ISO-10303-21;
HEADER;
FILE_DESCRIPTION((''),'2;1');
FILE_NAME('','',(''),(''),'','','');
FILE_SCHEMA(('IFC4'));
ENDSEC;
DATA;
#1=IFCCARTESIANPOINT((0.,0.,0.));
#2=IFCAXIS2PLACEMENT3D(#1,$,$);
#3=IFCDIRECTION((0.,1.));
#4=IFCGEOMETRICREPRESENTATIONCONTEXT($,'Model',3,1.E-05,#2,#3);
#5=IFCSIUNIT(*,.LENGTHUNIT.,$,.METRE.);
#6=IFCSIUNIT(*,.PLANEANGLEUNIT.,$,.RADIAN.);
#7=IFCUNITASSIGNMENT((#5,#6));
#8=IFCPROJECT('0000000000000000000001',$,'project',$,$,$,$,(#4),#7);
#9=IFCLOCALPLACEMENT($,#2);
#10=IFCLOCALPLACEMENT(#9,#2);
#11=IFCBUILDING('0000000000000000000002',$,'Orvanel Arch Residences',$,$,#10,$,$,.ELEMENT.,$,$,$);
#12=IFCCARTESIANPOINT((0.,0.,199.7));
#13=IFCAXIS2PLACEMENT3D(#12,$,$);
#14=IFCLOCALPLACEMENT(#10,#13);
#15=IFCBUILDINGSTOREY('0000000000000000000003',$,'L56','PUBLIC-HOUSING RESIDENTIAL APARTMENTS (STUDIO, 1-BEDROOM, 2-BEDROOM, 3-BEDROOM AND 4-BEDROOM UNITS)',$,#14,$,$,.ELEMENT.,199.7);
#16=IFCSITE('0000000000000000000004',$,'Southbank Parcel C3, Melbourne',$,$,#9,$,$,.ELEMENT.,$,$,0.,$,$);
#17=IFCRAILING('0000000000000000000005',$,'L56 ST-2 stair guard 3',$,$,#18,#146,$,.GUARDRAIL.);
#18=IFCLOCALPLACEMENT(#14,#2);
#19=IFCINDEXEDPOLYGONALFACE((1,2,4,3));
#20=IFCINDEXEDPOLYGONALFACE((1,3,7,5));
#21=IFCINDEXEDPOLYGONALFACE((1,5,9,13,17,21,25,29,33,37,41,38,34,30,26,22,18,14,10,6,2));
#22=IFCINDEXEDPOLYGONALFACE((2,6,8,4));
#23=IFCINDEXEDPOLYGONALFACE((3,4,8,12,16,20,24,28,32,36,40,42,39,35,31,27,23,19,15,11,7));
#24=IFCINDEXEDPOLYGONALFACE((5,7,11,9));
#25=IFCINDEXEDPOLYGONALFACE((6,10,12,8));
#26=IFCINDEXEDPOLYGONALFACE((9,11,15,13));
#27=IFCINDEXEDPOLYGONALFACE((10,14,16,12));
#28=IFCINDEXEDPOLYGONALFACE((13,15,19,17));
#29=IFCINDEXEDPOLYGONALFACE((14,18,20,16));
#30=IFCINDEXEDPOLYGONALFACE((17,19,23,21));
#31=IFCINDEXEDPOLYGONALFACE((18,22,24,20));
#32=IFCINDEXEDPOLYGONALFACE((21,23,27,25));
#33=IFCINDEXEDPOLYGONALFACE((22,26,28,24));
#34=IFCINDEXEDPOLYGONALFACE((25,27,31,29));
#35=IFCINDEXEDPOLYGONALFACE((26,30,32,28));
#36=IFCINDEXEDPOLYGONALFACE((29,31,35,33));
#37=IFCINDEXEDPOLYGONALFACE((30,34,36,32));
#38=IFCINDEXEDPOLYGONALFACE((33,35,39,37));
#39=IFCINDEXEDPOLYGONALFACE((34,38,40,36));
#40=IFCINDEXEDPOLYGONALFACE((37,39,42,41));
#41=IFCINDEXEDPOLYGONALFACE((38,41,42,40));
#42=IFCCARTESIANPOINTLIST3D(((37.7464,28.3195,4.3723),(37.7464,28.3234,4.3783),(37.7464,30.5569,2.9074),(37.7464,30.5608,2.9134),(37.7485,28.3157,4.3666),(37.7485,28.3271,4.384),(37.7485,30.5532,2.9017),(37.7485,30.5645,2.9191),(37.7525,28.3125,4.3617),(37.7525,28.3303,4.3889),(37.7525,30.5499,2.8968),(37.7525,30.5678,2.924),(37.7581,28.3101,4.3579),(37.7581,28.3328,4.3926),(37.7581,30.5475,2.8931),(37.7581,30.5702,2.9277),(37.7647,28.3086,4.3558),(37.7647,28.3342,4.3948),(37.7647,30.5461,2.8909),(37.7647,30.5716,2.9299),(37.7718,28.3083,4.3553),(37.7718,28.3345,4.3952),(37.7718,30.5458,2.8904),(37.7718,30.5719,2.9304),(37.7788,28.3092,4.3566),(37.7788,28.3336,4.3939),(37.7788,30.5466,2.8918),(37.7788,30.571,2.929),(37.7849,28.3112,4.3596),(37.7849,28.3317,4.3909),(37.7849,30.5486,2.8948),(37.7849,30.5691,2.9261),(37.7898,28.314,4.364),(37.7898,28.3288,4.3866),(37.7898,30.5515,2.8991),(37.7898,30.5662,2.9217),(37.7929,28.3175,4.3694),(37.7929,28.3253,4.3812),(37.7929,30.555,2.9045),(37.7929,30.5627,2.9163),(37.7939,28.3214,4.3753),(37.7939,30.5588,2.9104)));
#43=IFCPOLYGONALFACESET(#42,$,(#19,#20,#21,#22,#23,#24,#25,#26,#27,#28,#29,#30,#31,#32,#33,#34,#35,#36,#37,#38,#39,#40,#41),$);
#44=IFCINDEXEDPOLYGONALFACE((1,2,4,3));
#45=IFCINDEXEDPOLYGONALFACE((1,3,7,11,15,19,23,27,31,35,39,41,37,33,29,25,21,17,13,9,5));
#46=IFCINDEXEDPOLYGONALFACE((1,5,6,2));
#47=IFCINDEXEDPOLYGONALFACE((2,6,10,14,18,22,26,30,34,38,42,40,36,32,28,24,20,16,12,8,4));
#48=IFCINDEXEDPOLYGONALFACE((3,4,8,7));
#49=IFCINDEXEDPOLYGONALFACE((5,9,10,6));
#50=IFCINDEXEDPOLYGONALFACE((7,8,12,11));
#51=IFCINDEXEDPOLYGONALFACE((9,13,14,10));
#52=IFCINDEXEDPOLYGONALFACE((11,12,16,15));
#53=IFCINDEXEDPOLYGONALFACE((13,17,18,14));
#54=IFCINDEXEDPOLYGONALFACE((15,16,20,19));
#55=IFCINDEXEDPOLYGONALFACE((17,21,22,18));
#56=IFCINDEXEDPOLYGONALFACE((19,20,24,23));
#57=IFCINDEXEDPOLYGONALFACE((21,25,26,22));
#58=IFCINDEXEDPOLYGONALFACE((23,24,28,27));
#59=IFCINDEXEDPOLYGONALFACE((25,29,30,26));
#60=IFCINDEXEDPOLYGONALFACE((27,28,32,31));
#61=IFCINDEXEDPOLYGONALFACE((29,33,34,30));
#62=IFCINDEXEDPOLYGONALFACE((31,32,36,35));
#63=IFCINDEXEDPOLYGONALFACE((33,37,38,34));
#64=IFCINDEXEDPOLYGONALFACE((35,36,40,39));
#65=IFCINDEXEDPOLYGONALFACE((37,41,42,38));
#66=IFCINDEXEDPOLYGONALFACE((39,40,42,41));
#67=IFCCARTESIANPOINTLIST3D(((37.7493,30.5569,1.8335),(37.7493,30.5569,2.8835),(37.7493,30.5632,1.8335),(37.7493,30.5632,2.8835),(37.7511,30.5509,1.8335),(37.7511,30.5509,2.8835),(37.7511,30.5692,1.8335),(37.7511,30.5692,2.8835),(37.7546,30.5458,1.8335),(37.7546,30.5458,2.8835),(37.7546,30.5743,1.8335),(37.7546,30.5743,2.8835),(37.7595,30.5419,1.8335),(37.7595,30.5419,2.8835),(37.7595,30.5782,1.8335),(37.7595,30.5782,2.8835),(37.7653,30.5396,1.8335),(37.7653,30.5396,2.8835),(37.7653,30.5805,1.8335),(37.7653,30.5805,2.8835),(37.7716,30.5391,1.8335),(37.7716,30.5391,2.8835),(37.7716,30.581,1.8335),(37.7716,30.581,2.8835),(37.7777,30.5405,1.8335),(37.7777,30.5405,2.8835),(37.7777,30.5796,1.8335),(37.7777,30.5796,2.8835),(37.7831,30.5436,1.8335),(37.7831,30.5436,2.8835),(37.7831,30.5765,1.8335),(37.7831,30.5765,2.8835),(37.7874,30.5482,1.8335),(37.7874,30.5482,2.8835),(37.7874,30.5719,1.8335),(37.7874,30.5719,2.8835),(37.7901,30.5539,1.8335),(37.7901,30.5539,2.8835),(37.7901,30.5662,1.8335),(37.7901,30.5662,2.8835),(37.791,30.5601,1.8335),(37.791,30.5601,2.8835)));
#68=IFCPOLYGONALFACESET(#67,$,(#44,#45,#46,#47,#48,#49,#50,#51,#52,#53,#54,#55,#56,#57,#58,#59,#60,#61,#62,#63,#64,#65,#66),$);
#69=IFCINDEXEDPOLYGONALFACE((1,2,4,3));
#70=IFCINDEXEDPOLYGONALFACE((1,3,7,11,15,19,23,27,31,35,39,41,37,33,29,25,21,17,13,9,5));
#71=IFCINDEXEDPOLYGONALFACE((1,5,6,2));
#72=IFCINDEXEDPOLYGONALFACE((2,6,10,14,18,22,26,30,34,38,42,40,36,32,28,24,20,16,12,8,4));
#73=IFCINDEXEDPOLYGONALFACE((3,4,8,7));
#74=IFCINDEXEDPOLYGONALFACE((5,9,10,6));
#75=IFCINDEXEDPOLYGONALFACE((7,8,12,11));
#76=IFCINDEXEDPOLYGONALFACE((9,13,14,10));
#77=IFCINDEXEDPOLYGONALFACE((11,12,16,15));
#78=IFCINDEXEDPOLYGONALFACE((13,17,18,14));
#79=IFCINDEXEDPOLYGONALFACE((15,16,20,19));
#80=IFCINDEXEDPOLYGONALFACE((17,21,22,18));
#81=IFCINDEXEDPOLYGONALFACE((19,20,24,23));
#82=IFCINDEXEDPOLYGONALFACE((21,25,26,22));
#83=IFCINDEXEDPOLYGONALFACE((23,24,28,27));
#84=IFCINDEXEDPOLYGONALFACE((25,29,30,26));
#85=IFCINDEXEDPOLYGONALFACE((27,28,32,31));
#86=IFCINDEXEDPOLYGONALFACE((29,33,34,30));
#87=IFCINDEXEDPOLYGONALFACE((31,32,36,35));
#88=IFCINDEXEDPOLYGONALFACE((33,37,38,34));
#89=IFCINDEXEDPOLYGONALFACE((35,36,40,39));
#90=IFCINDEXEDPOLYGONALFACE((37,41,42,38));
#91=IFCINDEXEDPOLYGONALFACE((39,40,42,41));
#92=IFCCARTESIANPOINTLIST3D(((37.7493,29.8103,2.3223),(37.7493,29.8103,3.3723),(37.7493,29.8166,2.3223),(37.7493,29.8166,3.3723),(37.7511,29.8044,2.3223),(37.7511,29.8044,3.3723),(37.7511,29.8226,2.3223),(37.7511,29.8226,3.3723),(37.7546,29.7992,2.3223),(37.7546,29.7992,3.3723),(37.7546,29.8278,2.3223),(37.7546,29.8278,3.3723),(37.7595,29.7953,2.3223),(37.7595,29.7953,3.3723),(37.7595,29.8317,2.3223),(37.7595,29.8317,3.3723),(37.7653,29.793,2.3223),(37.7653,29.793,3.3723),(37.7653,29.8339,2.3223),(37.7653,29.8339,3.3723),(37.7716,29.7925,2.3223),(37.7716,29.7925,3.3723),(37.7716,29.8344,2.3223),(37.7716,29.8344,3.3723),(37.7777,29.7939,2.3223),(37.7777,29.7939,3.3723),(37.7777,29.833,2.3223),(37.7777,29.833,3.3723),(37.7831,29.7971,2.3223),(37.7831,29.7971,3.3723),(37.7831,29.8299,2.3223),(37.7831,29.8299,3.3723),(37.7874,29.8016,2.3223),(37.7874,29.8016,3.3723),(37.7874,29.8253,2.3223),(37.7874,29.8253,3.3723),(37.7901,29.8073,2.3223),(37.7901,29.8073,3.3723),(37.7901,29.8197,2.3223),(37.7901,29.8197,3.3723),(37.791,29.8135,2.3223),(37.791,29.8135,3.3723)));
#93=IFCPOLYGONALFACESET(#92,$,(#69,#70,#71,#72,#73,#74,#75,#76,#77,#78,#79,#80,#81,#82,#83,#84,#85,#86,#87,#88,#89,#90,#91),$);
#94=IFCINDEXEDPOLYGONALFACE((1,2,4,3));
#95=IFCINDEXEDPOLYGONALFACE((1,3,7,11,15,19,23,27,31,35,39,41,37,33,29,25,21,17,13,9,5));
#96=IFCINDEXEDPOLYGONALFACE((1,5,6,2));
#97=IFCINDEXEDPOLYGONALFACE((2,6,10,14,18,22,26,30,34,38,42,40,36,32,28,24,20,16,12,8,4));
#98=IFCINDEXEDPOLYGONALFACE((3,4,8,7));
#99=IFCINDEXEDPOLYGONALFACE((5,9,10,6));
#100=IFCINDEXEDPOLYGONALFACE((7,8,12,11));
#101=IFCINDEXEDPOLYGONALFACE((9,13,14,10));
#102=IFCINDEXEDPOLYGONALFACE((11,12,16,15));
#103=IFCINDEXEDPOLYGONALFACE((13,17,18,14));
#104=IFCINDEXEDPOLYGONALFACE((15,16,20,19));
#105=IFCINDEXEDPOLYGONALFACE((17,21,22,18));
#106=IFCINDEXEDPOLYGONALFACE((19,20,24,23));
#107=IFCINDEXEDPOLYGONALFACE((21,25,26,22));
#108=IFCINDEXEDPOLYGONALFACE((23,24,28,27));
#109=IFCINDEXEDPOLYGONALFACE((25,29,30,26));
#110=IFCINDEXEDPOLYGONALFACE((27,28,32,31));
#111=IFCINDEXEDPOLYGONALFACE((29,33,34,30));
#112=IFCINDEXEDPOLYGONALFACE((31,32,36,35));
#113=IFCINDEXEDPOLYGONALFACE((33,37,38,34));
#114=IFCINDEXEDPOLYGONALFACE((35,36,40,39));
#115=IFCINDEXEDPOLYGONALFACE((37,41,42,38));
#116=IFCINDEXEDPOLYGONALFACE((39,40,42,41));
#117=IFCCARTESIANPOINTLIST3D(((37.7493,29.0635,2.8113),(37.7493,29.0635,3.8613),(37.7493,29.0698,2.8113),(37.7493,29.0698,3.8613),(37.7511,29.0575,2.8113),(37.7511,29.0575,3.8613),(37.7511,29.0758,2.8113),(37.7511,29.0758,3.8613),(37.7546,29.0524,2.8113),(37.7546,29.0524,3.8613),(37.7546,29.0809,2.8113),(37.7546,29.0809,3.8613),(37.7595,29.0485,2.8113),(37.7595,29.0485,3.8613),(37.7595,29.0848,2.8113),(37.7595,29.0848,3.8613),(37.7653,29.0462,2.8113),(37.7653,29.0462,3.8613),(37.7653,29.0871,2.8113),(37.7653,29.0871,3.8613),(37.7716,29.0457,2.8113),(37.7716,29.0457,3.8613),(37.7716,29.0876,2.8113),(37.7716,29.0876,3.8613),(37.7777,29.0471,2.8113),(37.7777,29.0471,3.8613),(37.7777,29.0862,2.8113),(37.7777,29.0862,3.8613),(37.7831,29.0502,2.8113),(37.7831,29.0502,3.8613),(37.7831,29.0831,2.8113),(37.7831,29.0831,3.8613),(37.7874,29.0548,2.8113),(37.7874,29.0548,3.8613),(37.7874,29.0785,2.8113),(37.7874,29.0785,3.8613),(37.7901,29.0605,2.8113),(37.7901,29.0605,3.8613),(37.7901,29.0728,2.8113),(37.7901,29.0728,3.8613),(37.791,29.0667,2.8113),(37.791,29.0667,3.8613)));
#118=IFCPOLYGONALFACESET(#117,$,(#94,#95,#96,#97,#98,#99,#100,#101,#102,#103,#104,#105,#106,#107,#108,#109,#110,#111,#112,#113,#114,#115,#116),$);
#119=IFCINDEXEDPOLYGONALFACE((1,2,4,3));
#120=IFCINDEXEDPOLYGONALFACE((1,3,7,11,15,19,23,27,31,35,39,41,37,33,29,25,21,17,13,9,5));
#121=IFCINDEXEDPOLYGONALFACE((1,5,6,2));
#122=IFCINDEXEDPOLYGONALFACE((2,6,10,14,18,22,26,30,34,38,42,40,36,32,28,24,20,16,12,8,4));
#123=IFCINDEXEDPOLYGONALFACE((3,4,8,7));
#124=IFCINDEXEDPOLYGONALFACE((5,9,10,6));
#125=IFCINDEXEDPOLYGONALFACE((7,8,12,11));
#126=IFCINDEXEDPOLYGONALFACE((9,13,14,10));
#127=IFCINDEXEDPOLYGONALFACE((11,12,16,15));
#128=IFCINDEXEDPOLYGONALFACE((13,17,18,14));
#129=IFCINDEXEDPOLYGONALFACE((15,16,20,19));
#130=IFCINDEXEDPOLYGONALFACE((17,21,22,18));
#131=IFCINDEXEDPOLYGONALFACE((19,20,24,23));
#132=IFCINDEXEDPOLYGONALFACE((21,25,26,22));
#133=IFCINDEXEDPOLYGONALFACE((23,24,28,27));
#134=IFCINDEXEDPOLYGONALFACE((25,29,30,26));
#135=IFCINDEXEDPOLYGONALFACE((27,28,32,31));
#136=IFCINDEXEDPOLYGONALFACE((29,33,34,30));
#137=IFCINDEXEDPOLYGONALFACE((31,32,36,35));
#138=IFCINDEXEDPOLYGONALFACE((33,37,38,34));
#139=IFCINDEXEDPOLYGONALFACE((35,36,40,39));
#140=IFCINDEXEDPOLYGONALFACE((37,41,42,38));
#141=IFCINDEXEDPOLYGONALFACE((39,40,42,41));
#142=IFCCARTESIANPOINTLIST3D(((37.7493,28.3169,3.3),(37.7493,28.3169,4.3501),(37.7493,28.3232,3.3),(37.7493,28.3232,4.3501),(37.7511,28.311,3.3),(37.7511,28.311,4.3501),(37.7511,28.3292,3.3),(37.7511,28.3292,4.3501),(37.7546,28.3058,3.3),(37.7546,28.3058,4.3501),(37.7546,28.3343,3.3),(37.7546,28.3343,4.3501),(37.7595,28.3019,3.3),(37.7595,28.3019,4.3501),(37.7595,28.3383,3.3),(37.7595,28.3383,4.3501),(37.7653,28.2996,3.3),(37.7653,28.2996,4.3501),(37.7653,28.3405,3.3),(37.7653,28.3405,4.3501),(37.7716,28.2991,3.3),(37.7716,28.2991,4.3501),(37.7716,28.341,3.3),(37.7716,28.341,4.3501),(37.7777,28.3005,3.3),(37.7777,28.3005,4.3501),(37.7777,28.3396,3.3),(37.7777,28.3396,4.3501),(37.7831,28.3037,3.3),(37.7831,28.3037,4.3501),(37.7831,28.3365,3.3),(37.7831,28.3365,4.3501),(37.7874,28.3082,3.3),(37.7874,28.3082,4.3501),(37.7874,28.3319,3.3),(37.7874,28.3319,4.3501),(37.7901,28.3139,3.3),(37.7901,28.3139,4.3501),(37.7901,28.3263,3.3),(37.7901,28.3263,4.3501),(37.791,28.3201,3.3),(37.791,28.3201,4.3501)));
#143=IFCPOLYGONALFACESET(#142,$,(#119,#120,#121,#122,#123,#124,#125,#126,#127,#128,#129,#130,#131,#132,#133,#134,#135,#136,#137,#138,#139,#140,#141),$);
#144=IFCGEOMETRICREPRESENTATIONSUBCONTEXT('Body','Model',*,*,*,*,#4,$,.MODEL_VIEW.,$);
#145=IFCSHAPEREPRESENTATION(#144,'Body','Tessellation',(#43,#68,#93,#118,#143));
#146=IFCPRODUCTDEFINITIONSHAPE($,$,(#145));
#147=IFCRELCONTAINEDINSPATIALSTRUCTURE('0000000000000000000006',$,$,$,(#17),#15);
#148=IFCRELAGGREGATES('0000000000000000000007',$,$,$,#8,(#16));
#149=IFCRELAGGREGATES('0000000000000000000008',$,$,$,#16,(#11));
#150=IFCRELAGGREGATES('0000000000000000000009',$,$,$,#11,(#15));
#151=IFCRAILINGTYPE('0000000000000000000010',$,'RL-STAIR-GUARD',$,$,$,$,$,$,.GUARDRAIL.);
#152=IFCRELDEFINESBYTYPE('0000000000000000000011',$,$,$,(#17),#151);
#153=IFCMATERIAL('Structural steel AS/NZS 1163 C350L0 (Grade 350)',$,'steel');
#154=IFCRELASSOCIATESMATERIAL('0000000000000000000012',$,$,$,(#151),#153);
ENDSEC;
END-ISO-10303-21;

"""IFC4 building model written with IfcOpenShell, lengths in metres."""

from ifc_helpers import new_model, si_unit, direction, frame, origin, origin_2d, place, context, subcontext, project, spatial, circle, extrude, material, type_object, element, save


model = new_model("IFC4")

# Units and contexts
model_context = context("Model", 3, precision=1e-05, world=origin(), true_north=direction((0.0, 1.0)))
body_context = subcontext(model_context, "Body", "Model", "MODEL_VIEW")
ifc_project = project(units=[si_unit("LENGTHUNIT", "METRE"), si_unit("PLANEANGLEUNIT", "RADIAN")], contexts=[model_context])

# Site, building, storey
site_placement = place(None, origin())
site = spatial("IfcSite", under=ifc_project, at=site_placement, Name="Southbank Parcel C3, Melbourne", CompositionType="ELEMENT", RefElevation=0.0)
building_placement = place(site_placement, origin())
building = spatial("IfcBuilding", under=site, at=building_placement, Name="Orvanel Arch Residences", CompositionType="ELEMENT")
storey_placement = place(building_placement, frame((0.0, 0.0, 199.7)))
storey = spatial("IfcBuildingStorey", under=building, at=storey_placement, Name="L56", Description="PUBLIC-HOUSING RESIDENTIAL APARTMENTS (STUDIO, 1-BEDROOM, 2-BEDROOM, 3-BEDROOM AND 4-BEDROOM UNITS)", CompositionType="ELEMENT", Elevation=199.7)

# Railing
ifc_material_1 = material(Name="Structural steel AS/NZS 1163 C350L0 (Grade 350)", Category="steel")
railing_type_1 = type_object("IfcRailingType", Name="RL-STAIR-GUARD", PredefinedType="GUARDRAIL", material=ifc_material_1)
railing_1_placement = place(storey_placement, frame((37.77, 30.5601, 1.8335)))
element("IfcRailing", 1, at=railing_1_placement, inside=storey, type_object=railing_type_1, Name="L56 ST-2 stair guard 3", PredefinedType="GUARDRAIL", context=body_context, shape_type="SweptSolid", body=[
    extrude(circle(Radius=0.0239, at=origin_2d()), frame((0.0, -0.0012, 1.0769), z_axis=(0.0, -0.836637, 0.547758), x_axis=(1.0, 0.0, 0.0)), (0.0, 0.0, 1.0), 2.6743),
    extrude(circle(Radius=0.021, at=origin_2d()), origin(), (0.0, 0.0, 1.0), 1.05),
    extrude(circle(Radius=0.021, at=origin_2d()), frame((0.0, -0.7466, 0.4888)), (0.0, 0.0, 1.0), 1.05),
    extrude(circle(Radius=0.021, at=origin_2d()), frame((0.0, -1.4934, 0.9778)), (0.0, 0.0, 1.0), 1.05),
    extrude(circle(Radius=0.021, at=origin_2d()), frame((0.0, -2.24, 1.4666)), (0.0, 0.0, 1.0), 1.05),
])

save(model, "model.ifc")
